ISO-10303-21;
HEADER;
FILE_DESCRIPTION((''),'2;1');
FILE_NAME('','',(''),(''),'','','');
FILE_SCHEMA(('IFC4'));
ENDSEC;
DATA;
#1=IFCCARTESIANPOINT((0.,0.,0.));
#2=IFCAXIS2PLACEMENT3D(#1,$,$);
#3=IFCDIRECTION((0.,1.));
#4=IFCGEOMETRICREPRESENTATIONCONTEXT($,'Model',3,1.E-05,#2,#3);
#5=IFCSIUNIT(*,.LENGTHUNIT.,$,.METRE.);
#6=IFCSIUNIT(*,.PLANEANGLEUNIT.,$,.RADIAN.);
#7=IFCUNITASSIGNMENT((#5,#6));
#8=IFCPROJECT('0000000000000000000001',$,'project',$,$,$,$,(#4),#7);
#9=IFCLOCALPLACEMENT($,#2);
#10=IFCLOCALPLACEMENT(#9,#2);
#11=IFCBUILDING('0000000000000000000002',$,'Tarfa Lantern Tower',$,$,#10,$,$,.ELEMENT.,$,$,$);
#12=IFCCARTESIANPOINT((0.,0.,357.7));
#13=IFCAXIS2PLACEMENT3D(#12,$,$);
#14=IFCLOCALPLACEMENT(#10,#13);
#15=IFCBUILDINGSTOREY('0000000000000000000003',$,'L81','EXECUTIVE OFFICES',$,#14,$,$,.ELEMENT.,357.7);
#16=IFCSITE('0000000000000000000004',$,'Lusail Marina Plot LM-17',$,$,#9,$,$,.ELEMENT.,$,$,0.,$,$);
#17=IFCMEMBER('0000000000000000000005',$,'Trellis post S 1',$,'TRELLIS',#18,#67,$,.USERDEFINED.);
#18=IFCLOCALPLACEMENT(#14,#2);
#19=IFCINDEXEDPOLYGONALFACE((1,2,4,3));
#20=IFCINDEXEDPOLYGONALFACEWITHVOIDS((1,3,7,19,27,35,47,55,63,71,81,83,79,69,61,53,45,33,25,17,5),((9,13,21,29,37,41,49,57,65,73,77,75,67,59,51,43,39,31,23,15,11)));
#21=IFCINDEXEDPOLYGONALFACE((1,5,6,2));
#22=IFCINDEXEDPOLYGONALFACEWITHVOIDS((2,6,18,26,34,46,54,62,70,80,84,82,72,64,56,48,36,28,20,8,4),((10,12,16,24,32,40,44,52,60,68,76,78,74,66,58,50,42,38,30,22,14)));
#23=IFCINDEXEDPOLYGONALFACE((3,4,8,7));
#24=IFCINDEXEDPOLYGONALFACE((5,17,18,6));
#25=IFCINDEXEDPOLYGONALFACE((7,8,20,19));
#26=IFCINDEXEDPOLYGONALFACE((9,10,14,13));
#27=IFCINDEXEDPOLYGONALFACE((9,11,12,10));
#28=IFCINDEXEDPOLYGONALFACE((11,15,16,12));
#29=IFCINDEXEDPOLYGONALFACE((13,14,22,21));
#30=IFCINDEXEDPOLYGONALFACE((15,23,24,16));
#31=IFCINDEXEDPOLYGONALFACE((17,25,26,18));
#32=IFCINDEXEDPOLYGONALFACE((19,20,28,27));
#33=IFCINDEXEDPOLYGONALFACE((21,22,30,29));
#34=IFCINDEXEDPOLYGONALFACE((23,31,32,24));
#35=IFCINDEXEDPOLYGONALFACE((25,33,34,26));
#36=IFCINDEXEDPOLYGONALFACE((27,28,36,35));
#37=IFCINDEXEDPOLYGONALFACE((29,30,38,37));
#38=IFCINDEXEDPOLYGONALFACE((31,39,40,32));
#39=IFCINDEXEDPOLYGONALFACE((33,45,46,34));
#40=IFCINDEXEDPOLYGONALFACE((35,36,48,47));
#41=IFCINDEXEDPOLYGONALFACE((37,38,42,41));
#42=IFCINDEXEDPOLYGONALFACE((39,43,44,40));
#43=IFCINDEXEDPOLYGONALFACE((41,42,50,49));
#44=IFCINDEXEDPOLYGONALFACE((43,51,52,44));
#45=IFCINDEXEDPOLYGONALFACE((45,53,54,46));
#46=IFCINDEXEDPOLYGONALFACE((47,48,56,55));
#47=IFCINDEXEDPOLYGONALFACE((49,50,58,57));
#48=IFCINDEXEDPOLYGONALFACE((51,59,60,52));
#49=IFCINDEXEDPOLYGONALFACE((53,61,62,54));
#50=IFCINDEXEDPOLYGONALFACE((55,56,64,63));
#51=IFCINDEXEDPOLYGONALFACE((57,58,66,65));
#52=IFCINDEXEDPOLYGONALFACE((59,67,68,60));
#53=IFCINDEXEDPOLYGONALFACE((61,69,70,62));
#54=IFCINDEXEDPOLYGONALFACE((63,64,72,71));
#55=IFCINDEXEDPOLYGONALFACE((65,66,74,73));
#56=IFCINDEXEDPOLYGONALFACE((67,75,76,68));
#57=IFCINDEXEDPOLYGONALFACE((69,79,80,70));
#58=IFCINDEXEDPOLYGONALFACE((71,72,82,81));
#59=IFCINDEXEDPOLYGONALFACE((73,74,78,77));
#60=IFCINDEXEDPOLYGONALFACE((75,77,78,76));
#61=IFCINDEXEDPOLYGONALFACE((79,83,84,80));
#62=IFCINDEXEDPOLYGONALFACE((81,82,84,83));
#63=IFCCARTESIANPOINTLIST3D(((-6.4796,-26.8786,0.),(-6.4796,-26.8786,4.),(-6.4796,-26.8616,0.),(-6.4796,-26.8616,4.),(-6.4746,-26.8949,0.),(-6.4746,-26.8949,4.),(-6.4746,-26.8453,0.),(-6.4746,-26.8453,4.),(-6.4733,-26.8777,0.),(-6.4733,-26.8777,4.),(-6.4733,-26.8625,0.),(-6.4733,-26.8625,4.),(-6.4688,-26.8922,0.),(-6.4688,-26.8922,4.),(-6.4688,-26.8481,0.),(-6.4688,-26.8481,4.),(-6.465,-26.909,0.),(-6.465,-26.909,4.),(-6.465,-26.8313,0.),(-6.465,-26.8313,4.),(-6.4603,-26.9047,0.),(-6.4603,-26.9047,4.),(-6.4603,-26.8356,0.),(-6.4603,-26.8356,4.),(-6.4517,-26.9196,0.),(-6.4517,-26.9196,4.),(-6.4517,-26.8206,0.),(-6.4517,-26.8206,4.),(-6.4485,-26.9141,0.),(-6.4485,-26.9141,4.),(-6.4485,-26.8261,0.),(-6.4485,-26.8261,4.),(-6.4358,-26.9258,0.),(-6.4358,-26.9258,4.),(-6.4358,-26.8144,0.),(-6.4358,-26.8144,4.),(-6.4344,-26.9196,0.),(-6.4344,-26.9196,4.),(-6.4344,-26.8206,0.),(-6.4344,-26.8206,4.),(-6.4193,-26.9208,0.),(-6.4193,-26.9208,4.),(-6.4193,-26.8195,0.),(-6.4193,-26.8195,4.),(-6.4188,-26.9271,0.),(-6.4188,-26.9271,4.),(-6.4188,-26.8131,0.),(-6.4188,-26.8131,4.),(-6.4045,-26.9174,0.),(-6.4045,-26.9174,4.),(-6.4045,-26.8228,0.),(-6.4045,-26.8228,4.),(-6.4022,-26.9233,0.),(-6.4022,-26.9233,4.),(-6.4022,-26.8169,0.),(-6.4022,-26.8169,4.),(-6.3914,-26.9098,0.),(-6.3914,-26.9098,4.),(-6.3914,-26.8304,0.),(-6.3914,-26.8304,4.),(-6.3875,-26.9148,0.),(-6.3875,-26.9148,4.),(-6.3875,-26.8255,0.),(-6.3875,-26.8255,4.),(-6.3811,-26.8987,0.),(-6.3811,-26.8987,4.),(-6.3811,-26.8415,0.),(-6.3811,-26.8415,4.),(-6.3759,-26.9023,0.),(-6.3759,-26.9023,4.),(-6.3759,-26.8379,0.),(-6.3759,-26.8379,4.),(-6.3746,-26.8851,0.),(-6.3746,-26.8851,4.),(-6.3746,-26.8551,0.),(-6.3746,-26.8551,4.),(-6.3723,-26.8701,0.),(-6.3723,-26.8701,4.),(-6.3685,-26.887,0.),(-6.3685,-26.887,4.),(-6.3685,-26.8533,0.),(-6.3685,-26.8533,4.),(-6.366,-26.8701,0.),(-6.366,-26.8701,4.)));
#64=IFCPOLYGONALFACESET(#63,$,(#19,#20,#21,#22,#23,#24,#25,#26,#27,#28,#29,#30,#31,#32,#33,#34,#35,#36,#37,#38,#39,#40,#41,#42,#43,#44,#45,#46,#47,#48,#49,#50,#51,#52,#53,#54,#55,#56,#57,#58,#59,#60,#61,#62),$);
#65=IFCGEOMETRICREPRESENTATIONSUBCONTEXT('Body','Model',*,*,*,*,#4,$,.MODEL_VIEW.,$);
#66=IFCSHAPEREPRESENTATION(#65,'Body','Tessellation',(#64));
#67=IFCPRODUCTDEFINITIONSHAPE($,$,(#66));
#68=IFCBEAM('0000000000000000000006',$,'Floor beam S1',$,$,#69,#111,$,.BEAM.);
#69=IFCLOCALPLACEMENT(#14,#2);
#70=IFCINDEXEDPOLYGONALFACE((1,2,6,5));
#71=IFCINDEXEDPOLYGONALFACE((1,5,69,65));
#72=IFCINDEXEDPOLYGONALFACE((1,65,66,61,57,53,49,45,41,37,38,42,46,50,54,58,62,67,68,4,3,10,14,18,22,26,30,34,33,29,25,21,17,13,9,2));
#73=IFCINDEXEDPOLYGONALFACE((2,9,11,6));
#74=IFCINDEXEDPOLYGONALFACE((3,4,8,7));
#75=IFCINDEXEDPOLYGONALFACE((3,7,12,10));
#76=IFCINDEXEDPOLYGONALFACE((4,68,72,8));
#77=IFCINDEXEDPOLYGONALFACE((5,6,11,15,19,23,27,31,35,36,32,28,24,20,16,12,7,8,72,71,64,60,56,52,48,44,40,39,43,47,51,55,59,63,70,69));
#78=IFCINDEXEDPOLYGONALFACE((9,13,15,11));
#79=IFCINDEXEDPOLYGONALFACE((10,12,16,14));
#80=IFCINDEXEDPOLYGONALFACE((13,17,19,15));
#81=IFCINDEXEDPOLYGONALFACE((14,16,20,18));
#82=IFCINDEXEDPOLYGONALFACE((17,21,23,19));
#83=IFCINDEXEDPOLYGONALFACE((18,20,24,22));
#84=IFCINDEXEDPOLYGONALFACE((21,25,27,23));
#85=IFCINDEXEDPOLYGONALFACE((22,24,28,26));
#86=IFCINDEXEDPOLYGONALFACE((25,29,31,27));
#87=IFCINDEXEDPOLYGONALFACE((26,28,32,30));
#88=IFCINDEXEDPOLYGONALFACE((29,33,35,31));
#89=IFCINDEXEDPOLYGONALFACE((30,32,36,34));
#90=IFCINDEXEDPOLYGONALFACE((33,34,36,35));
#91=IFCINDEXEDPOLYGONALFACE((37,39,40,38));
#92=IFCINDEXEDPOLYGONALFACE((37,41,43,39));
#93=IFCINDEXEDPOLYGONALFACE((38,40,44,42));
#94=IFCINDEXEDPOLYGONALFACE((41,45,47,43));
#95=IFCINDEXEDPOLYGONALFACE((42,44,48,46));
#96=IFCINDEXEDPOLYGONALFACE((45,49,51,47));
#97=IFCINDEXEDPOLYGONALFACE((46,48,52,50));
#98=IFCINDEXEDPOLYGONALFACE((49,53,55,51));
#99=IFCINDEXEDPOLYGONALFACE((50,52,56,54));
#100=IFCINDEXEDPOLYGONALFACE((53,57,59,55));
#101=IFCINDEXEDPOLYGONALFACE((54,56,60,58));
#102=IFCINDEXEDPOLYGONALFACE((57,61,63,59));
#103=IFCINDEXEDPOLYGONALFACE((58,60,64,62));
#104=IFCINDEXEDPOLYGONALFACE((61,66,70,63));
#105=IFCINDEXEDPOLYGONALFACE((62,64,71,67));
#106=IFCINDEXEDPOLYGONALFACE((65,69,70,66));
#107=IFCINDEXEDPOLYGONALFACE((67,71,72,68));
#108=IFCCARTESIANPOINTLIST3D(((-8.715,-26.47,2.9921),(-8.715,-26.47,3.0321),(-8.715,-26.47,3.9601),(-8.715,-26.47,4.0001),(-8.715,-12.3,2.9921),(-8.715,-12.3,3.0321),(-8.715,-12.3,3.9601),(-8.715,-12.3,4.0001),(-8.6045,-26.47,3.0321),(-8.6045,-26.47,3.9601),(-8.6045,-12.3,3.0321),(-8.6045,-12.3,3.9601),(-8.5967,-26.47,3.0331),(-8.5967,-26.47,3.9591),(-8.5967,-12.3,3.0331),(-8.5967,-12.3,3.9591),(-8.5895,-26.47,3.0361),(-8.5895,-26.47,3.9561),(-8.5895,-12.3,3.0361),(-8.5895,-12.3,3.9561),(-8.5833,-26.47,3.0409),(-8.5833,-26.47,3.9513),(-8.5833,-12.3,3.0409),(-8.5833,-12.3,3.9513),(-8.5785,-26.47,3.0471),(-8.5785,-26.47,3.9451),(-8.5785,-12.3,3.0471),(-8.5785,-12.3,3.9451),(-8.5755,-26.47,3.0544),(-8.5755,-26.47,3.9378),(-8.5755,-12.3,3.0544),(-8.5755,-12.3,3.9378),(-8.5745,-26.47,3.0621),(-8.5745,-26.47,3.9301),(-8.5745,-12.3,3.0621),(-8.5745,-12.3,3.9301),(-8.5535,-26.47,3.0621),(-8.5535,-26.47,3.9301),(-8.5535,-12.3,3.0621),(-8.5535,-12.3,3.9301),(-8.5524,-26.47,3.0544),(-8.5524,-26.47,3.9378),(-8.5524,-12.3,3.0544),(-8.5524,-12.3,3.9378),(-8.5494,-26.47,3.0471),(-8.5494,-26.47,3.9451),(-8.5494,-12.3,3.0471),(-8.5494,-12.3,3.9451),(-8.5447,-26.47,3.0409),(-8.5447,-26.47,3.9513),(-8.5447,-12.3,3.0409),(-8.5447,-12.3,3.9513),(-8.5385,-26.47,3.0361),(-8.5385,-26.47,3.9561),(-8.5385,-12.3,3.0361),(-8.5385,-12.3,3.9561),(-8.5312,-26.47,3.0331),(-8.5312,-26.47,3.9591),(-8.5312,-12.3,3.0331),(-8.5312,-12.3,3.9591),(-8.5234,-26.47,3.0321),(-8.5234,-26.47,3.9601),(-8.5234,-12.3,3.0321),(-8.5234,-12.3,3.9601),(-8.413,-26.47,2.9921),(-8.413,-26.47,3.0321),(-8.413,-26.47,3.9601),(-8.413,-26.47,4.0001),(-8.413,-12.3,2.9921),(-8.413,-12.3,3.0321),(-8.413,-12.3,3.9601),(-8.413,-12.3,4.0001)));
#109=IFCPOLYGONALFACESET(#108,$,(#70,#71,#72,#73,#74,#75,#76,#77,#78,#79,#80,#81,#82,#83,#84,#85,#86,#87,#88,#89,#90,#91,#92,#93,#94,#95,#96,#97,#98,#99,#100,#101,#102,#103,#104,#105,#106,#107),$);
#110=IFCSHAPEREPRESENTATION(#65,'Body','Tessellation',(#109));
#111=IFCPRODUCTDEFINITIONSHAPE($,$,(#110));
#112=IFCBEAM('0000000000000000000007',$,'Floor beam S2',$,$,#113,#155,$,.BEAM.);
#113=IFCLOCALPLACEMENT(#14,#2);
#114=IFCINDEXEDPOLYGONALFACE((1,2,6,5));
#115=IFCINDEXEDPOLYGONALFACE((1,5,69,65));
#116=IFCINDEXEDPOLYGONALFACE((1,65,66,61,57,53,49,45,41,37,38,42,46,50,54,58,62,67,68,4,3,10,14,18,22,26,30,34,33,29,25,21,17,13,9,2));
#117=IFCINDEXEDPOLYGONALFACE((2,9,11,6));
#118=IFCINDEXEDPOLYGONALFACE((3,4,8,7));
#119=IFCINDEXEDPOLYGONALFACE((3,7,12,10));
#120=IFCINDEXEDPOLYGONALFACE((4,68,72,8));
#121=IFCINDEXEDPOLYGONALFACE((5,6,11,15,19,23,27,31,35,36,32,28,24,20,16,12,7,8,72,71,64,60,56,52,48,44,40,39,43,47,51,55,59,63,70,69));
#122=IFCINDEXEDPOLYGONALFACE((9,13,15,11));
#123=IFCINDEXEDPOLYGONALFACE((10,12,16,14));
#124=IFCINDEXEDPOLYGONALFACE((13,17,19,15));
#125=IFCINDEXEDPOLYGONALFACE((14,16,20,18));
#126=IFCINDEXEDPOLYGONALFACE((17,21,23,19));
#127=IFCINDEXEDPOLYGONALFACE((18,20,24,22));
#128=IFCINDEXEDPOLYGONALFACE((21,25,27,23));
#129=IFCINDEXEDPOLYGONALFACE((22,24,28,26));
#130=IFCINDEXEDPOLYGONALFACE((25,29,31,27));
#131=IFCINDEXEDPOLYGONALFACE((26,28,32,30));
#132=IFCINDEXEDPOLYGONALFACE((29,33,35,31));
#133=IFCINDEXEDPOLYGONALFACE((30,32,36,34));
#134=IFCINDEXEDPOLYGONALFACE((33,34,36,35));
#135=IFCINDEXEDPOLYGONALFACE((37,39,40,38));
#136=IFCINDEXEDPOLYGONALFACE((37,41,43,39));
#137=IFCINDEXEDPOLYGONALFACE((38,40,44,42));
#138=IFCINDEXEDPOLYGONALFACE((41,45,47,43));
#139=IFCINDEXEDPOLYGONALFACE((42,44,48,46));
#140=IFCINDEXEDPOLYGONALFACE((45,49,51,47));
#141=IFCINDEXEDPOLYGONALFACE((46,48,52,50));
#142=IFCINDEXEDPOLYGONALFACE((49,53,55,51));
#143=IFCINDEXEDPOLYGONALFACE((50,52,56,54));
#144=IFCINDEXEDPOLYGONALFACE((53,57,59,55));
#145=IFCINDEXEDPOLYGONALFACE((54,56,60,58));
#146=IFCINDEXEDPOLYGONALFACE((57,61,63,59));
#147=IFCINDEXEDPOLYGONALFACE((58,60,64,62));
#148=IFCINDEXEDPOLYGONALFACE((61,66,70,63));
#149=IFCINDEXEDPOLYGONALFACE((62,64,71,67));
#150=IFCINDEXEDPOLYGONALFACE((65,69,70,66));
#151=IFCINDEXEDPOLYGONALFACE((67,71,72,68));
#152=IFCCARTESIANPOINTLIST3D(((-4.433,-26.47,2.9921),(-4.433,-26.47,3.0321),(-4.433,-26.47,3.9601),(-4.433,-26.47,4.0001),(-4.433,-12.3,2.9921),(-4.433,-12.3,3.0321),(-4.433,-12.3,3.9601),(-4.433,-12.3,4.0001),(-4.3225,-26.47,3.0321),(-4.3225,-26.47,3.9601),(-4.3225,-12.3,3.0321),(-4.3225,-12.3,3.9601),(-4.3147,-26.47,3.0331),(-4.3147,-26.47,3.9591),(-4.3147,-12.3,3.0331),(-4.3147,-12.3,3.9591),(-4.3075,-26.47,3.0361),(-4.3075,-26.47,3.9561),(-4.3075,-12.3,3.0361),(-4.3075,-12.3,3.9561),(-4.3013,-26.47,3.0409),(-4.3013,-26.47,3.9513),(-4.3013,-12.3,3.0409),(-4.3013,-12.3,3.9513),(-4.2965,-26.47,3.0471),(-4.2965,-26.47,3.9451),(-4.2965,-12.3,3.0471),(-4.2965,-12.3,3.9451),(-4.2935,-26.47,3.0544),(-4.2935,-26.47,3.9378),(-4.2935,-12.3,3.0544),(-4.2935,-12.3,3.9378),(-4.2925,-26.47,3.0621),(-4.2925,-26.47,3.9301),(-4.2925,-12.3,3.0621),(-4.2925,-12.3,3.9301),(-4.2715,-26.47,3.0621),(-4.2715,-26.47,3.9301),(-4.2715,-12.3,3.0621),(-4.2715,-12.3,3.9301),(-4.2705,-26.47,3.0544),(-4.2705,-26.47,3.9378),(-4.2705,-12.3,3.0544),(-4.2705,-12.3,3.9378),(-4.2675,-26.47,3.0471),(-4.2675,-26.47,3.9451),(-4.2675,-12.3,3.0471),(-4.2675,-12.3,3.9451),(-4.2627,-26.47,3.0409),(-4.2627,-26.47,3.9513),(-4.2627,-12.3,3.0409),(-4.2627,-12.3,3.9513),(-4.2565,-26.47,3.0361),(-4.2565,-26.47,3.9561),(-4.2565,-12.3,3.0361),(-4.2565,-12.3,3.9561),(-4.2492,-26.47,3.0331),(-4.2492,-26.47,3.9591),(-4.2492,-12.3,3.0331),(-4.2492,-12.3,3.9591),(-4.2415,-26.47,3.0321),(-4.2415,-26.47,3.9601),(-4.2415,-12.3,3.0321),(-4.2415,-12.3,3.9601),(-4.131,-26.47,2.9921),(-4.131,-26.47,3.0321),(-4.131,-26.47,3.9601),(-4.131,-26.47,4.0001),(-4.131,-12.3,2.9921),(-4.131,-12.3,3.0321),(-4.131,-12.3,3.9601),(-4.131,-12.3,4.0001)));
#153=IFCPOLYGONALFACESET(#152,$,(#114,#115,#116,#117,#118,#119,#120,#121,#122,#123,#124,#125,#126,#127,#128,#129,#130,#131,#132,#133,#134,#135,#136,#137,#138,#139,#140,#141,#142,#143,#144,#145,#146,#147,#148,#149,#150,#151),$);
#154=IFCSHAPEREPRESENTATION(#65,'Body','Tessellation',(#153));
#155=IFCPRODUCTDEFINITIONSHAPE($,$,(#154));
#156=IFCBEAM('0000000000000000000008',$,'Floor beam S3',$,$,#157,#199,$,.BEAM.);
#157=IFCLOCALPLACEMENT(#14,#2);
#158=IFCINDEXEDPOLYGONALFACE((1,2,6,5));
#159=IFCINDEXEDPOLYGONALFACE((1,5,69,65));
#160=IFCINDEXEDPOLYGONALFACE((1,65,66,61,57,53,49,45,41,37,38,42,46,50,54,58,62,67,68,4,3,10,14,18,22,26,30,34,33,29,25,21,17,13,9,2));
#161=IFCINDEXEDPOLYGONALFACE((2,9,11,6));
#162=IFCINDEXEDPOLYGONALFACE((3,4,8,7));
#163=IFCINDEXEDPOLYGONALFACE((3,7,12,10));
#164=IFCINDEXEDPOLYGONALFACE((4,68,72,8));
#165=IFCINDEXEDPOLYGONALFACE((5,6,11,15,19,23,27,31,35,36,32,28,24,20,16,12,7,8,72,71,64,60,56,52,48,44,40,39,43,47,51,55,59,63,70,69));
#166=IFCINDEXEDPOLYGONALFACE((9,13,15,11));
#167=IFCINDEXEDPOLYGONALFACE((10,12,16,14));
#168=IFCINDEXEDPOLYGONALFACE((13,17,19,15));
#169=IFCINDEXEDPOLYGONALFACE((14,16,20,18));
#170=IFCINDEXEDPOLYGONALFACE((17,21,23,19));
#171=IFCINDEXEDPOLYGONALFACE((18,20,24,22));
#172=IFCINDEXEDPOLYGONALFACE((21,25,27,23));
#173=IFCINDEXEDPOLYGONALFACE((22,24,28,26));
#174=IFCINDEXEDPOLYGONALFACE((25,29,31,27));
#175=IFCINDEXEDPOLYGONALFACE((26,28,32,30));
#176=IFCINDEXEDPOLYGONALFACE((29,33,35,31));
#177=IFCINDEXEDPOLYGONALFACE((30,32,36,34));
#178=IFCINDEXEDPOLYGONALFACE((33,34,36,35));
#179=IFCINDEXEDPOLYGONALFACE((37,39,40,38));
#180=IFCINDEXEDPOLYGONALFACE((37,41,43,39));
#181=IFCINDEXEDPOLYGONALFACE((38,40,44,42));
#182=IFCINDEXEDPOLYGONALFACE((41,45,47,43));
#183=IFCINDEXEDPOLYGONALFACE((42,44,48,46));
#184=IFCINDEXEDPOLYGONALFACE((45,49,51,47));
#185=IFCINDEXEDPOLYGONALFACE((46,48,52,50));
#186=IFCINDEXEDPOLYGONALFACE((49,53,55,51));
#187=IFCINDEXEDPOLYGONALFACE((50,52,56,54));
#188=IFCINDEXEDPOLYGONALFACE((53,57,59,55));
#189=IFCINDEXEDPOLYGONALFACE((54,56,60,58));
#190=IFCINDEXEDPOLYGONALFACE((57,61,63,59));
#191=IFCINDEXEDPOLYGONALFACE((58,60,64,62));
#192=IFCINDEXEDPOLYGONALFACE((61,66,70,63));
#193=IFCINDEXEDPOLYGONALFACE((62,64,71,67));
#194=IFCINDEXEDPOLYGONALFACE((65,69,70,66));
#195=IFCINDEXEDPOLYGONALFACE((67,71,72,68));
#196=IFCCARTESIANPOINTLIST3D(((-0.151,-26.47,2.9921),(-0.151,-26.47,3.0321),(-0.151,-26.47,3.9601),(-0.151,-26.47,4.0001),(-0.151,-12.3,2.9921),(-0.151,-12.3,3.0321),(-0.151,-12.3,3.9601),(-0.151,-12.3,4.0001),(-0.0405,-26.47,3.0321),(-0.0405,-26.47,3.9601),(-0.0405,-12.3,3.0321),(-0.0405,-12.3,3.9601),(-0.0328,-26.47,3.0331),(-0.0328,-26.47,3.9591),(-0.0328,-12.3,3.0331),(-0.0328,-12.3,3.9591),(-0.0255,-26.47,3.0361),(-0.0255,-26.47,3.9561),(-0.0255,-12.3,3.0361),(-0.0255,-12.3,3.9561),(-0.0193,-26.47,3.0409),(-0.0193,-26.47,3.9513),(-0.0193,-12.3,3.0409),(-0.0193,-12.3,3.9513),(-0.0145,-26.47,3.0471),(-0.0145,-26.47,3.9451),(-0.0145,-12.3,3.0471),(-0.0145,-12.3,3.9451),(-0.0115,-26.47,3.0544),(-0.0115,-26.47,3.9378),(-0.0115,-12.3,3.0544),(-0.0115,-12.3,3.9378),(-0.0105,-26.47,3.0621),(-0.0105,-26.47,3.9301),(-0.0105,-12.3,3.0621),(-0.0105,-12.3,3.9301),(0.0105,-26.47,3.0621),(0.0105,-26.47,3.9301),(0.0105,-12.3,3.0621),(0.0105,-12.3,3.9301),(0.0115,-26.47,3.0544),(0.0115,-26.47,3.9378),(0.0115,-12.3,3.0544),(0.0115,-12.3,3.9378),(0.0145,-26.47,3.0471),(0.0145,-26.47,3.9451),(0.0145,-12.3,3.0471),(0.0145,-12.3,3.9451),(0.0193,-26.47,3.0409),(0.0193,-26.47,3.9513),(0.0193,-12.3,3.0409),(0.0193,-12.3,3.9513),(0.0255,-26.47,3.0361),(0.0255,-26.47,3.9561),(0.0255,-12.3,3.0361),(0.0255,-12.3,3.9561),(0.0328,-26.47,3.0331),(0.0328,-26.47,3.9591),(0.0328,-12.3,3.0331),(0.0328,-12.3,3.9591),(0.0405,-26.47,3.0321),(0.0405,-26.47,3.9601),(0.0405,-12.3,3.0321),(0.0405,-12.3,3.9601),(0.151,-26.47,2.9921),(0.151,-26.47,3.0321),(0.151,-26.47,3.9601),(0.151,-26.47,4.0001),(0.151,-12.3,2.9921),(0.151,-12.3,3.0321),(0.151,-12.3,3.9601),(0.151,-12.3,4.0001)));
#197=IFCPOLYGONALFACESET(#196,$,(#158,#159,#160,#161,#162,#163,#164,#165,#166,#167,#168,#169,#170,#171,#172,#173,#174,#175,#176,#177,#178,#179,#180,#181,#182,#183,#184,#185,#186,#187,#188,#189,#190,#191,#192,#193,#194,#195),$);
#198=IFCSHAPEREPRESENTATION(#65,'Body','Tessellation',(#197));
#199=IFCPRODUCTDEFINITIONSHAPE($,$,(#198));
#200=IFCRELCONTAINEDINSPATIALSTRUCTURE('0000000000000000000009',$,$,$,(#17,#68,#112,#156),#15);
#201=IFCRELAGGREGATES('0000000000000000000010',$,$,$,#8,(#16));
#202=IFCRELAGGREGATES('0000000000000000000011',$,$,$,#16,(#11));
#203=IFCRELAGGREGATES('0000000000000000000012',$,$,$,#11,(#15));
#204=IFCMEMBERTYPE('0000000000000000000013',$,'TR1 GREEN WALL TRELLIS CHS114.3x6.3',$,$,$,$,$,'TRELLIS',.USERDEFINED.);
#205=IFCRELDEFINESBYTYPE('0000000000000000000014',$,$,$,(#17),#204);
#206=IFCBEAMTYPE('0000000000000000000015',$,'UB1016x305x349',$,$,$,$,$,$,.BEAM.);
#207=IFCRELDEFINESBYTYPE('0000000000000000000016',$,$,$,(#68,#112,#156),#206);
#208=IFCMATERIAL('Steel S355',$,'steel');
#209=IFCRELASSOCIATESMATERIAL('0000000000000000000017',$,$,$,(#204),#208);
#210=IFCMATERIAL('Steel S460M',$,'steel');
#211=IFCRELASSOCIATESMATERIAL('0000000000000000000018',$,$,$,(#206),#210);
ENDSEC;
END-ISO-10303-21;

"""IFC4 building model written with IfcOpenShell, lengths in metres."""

from ifc_helpers import new_model, si_unit, direction, frame, origin, origin_2d, place, context, subcontext, project, spatial, hollow_circle, i_section, extrude, material, material_profile, profile_set, type_object, element, save


model = new_model("IFC4")

# Units and contexts
model_context = context("Model", 3, precision=1e-05, world=origin(), true_north=direction((0.0, 1.0)))
body_context = subcontext(model_context, "Body", "Model", "MODEL_VIEW")
ifc_project = project(units=[si_unit("LENGTHUNIT", "METRE"), si_unit("PLANEANGLEUNIT", "RADIAN")], contexts=[model_context])

# Site, building, storey
site_placement = place(None, origin())
site = spatial("IfcSite", under=ifc_project, at=site_placement, Name="Lusail Marina Plot LM-17", CompositionType="ELEMENT", RefElevation=0.0)
building_placement = place(site_placement, origin())
building = spatial("IfcBuilding", under=site, at=building_placement, Name="Tarfa Lantern Tower", CompositionType="ELEMENT")
storey_placement = place(building_placement, frame((0.0, 0.0, 357.7)))
storey = spatial("IfcBuildingStorey", under=building, at=storey_placement, Name="L81", Description="EXECUTIVE OFFICES", CompositionType="ELEMENT", Elevation=357.7)

# Member
ifc_material_1 = material(Name="Steel S355", Category="steel")
ifc_material_profile_1 = material_profile(ifc_material_1, hollow_circle(Radius=0.0571, WallThickness=0.0063, at=origin_2d()), Name="CHS114.3x6.3")
ifc_profile_set_1 = profile_set([ifc_material_profile_1], Name="Steel S355")
member_type_1 = type_object("IfcMemberType", Name="TR1 GREEN WALL TRELLIS CHS114.3x6.3", ElementType="TRELLIS", PredefinedType="USERDEFINED", material=ifc_profile_set_1)
member_1_placement = place(storey_placement, frame((-6.4231, -26.8701, 0.0), z_axis=(0.0, 0.0, 1.0), x_axis=(1.0, 0.0, 0.0)))
element("IfcMember", 1, at=member_1_placement, inside=storey, type_object=member_type_1, Name="Trellis post S 1", ObjectType="TRELLIS", PredefinedType="USERDEFINED", context=body_context, shape_type="SweptSolid", body=[
    extrude(hollow_circle(Radius=0.0571, WallThickness=0.0063, at=origin_2d()), origin(), (0.0, 0.0, 1.0), 4.0),
])

# Beams
ifc_material_2 = material(Name="Steel S460M", Category="steel")
ifc_material_profile_2 = material_profile(ifc_material_2, i_section(OverallWidth=0.302, OverallDepth=1.0081, WebThickness=0.021, FlangeThickness=0.04, FilletRadius=0.03, at=origin_2d()), Name="UB1016x305x349")
ifc_profile_set_2 = profile_set([ifc_material_profile_2], Name="Steel S460M")
beam_type_1 = type_object("IfcBeamType", Name="UB1016x305x349", PredefinedType="BEAM", material=ifc_profile_set_2)
for number, where, z_axis, x_axis, name in (
    (2, (-8.564, -26.47, 3.4961), (0.0, 1.0, 0.0), (-1.0, 0.0, 0.0), "Floor beam S1"),
    (3, (-4.282, -26.47, 3.4961), (0.0, 1.0, 0.0), (-1.0, 0.0, 0.0), "Floor beam S2"),
    (4, (0.0, -26.47, 3.4961), (0.0, 1.0, 0.0), (-1.0, 0.0, 0.0), "Floor beam S3"),
):
    element("IfcBeam", number, at=place(storey_placement, frame(where, z_axis=z_axis, x_axis=x_axis)), inside=storey, type_object=beam_type_1, Name=name, PredefinedType="BEAM", context=body_context, shape_type="SweptSolid", body=[
        extrude(i_section(OverallWidth=0.302, OverallDepth=1.0081, WebThickness=0.021, FlangeThickness=0.04, FilletRadius=0.03, at=origin_2d()), origin(), (0.0, 0.0, 1.0), 14.1699),
    ])

save(model, "model.ifc")
